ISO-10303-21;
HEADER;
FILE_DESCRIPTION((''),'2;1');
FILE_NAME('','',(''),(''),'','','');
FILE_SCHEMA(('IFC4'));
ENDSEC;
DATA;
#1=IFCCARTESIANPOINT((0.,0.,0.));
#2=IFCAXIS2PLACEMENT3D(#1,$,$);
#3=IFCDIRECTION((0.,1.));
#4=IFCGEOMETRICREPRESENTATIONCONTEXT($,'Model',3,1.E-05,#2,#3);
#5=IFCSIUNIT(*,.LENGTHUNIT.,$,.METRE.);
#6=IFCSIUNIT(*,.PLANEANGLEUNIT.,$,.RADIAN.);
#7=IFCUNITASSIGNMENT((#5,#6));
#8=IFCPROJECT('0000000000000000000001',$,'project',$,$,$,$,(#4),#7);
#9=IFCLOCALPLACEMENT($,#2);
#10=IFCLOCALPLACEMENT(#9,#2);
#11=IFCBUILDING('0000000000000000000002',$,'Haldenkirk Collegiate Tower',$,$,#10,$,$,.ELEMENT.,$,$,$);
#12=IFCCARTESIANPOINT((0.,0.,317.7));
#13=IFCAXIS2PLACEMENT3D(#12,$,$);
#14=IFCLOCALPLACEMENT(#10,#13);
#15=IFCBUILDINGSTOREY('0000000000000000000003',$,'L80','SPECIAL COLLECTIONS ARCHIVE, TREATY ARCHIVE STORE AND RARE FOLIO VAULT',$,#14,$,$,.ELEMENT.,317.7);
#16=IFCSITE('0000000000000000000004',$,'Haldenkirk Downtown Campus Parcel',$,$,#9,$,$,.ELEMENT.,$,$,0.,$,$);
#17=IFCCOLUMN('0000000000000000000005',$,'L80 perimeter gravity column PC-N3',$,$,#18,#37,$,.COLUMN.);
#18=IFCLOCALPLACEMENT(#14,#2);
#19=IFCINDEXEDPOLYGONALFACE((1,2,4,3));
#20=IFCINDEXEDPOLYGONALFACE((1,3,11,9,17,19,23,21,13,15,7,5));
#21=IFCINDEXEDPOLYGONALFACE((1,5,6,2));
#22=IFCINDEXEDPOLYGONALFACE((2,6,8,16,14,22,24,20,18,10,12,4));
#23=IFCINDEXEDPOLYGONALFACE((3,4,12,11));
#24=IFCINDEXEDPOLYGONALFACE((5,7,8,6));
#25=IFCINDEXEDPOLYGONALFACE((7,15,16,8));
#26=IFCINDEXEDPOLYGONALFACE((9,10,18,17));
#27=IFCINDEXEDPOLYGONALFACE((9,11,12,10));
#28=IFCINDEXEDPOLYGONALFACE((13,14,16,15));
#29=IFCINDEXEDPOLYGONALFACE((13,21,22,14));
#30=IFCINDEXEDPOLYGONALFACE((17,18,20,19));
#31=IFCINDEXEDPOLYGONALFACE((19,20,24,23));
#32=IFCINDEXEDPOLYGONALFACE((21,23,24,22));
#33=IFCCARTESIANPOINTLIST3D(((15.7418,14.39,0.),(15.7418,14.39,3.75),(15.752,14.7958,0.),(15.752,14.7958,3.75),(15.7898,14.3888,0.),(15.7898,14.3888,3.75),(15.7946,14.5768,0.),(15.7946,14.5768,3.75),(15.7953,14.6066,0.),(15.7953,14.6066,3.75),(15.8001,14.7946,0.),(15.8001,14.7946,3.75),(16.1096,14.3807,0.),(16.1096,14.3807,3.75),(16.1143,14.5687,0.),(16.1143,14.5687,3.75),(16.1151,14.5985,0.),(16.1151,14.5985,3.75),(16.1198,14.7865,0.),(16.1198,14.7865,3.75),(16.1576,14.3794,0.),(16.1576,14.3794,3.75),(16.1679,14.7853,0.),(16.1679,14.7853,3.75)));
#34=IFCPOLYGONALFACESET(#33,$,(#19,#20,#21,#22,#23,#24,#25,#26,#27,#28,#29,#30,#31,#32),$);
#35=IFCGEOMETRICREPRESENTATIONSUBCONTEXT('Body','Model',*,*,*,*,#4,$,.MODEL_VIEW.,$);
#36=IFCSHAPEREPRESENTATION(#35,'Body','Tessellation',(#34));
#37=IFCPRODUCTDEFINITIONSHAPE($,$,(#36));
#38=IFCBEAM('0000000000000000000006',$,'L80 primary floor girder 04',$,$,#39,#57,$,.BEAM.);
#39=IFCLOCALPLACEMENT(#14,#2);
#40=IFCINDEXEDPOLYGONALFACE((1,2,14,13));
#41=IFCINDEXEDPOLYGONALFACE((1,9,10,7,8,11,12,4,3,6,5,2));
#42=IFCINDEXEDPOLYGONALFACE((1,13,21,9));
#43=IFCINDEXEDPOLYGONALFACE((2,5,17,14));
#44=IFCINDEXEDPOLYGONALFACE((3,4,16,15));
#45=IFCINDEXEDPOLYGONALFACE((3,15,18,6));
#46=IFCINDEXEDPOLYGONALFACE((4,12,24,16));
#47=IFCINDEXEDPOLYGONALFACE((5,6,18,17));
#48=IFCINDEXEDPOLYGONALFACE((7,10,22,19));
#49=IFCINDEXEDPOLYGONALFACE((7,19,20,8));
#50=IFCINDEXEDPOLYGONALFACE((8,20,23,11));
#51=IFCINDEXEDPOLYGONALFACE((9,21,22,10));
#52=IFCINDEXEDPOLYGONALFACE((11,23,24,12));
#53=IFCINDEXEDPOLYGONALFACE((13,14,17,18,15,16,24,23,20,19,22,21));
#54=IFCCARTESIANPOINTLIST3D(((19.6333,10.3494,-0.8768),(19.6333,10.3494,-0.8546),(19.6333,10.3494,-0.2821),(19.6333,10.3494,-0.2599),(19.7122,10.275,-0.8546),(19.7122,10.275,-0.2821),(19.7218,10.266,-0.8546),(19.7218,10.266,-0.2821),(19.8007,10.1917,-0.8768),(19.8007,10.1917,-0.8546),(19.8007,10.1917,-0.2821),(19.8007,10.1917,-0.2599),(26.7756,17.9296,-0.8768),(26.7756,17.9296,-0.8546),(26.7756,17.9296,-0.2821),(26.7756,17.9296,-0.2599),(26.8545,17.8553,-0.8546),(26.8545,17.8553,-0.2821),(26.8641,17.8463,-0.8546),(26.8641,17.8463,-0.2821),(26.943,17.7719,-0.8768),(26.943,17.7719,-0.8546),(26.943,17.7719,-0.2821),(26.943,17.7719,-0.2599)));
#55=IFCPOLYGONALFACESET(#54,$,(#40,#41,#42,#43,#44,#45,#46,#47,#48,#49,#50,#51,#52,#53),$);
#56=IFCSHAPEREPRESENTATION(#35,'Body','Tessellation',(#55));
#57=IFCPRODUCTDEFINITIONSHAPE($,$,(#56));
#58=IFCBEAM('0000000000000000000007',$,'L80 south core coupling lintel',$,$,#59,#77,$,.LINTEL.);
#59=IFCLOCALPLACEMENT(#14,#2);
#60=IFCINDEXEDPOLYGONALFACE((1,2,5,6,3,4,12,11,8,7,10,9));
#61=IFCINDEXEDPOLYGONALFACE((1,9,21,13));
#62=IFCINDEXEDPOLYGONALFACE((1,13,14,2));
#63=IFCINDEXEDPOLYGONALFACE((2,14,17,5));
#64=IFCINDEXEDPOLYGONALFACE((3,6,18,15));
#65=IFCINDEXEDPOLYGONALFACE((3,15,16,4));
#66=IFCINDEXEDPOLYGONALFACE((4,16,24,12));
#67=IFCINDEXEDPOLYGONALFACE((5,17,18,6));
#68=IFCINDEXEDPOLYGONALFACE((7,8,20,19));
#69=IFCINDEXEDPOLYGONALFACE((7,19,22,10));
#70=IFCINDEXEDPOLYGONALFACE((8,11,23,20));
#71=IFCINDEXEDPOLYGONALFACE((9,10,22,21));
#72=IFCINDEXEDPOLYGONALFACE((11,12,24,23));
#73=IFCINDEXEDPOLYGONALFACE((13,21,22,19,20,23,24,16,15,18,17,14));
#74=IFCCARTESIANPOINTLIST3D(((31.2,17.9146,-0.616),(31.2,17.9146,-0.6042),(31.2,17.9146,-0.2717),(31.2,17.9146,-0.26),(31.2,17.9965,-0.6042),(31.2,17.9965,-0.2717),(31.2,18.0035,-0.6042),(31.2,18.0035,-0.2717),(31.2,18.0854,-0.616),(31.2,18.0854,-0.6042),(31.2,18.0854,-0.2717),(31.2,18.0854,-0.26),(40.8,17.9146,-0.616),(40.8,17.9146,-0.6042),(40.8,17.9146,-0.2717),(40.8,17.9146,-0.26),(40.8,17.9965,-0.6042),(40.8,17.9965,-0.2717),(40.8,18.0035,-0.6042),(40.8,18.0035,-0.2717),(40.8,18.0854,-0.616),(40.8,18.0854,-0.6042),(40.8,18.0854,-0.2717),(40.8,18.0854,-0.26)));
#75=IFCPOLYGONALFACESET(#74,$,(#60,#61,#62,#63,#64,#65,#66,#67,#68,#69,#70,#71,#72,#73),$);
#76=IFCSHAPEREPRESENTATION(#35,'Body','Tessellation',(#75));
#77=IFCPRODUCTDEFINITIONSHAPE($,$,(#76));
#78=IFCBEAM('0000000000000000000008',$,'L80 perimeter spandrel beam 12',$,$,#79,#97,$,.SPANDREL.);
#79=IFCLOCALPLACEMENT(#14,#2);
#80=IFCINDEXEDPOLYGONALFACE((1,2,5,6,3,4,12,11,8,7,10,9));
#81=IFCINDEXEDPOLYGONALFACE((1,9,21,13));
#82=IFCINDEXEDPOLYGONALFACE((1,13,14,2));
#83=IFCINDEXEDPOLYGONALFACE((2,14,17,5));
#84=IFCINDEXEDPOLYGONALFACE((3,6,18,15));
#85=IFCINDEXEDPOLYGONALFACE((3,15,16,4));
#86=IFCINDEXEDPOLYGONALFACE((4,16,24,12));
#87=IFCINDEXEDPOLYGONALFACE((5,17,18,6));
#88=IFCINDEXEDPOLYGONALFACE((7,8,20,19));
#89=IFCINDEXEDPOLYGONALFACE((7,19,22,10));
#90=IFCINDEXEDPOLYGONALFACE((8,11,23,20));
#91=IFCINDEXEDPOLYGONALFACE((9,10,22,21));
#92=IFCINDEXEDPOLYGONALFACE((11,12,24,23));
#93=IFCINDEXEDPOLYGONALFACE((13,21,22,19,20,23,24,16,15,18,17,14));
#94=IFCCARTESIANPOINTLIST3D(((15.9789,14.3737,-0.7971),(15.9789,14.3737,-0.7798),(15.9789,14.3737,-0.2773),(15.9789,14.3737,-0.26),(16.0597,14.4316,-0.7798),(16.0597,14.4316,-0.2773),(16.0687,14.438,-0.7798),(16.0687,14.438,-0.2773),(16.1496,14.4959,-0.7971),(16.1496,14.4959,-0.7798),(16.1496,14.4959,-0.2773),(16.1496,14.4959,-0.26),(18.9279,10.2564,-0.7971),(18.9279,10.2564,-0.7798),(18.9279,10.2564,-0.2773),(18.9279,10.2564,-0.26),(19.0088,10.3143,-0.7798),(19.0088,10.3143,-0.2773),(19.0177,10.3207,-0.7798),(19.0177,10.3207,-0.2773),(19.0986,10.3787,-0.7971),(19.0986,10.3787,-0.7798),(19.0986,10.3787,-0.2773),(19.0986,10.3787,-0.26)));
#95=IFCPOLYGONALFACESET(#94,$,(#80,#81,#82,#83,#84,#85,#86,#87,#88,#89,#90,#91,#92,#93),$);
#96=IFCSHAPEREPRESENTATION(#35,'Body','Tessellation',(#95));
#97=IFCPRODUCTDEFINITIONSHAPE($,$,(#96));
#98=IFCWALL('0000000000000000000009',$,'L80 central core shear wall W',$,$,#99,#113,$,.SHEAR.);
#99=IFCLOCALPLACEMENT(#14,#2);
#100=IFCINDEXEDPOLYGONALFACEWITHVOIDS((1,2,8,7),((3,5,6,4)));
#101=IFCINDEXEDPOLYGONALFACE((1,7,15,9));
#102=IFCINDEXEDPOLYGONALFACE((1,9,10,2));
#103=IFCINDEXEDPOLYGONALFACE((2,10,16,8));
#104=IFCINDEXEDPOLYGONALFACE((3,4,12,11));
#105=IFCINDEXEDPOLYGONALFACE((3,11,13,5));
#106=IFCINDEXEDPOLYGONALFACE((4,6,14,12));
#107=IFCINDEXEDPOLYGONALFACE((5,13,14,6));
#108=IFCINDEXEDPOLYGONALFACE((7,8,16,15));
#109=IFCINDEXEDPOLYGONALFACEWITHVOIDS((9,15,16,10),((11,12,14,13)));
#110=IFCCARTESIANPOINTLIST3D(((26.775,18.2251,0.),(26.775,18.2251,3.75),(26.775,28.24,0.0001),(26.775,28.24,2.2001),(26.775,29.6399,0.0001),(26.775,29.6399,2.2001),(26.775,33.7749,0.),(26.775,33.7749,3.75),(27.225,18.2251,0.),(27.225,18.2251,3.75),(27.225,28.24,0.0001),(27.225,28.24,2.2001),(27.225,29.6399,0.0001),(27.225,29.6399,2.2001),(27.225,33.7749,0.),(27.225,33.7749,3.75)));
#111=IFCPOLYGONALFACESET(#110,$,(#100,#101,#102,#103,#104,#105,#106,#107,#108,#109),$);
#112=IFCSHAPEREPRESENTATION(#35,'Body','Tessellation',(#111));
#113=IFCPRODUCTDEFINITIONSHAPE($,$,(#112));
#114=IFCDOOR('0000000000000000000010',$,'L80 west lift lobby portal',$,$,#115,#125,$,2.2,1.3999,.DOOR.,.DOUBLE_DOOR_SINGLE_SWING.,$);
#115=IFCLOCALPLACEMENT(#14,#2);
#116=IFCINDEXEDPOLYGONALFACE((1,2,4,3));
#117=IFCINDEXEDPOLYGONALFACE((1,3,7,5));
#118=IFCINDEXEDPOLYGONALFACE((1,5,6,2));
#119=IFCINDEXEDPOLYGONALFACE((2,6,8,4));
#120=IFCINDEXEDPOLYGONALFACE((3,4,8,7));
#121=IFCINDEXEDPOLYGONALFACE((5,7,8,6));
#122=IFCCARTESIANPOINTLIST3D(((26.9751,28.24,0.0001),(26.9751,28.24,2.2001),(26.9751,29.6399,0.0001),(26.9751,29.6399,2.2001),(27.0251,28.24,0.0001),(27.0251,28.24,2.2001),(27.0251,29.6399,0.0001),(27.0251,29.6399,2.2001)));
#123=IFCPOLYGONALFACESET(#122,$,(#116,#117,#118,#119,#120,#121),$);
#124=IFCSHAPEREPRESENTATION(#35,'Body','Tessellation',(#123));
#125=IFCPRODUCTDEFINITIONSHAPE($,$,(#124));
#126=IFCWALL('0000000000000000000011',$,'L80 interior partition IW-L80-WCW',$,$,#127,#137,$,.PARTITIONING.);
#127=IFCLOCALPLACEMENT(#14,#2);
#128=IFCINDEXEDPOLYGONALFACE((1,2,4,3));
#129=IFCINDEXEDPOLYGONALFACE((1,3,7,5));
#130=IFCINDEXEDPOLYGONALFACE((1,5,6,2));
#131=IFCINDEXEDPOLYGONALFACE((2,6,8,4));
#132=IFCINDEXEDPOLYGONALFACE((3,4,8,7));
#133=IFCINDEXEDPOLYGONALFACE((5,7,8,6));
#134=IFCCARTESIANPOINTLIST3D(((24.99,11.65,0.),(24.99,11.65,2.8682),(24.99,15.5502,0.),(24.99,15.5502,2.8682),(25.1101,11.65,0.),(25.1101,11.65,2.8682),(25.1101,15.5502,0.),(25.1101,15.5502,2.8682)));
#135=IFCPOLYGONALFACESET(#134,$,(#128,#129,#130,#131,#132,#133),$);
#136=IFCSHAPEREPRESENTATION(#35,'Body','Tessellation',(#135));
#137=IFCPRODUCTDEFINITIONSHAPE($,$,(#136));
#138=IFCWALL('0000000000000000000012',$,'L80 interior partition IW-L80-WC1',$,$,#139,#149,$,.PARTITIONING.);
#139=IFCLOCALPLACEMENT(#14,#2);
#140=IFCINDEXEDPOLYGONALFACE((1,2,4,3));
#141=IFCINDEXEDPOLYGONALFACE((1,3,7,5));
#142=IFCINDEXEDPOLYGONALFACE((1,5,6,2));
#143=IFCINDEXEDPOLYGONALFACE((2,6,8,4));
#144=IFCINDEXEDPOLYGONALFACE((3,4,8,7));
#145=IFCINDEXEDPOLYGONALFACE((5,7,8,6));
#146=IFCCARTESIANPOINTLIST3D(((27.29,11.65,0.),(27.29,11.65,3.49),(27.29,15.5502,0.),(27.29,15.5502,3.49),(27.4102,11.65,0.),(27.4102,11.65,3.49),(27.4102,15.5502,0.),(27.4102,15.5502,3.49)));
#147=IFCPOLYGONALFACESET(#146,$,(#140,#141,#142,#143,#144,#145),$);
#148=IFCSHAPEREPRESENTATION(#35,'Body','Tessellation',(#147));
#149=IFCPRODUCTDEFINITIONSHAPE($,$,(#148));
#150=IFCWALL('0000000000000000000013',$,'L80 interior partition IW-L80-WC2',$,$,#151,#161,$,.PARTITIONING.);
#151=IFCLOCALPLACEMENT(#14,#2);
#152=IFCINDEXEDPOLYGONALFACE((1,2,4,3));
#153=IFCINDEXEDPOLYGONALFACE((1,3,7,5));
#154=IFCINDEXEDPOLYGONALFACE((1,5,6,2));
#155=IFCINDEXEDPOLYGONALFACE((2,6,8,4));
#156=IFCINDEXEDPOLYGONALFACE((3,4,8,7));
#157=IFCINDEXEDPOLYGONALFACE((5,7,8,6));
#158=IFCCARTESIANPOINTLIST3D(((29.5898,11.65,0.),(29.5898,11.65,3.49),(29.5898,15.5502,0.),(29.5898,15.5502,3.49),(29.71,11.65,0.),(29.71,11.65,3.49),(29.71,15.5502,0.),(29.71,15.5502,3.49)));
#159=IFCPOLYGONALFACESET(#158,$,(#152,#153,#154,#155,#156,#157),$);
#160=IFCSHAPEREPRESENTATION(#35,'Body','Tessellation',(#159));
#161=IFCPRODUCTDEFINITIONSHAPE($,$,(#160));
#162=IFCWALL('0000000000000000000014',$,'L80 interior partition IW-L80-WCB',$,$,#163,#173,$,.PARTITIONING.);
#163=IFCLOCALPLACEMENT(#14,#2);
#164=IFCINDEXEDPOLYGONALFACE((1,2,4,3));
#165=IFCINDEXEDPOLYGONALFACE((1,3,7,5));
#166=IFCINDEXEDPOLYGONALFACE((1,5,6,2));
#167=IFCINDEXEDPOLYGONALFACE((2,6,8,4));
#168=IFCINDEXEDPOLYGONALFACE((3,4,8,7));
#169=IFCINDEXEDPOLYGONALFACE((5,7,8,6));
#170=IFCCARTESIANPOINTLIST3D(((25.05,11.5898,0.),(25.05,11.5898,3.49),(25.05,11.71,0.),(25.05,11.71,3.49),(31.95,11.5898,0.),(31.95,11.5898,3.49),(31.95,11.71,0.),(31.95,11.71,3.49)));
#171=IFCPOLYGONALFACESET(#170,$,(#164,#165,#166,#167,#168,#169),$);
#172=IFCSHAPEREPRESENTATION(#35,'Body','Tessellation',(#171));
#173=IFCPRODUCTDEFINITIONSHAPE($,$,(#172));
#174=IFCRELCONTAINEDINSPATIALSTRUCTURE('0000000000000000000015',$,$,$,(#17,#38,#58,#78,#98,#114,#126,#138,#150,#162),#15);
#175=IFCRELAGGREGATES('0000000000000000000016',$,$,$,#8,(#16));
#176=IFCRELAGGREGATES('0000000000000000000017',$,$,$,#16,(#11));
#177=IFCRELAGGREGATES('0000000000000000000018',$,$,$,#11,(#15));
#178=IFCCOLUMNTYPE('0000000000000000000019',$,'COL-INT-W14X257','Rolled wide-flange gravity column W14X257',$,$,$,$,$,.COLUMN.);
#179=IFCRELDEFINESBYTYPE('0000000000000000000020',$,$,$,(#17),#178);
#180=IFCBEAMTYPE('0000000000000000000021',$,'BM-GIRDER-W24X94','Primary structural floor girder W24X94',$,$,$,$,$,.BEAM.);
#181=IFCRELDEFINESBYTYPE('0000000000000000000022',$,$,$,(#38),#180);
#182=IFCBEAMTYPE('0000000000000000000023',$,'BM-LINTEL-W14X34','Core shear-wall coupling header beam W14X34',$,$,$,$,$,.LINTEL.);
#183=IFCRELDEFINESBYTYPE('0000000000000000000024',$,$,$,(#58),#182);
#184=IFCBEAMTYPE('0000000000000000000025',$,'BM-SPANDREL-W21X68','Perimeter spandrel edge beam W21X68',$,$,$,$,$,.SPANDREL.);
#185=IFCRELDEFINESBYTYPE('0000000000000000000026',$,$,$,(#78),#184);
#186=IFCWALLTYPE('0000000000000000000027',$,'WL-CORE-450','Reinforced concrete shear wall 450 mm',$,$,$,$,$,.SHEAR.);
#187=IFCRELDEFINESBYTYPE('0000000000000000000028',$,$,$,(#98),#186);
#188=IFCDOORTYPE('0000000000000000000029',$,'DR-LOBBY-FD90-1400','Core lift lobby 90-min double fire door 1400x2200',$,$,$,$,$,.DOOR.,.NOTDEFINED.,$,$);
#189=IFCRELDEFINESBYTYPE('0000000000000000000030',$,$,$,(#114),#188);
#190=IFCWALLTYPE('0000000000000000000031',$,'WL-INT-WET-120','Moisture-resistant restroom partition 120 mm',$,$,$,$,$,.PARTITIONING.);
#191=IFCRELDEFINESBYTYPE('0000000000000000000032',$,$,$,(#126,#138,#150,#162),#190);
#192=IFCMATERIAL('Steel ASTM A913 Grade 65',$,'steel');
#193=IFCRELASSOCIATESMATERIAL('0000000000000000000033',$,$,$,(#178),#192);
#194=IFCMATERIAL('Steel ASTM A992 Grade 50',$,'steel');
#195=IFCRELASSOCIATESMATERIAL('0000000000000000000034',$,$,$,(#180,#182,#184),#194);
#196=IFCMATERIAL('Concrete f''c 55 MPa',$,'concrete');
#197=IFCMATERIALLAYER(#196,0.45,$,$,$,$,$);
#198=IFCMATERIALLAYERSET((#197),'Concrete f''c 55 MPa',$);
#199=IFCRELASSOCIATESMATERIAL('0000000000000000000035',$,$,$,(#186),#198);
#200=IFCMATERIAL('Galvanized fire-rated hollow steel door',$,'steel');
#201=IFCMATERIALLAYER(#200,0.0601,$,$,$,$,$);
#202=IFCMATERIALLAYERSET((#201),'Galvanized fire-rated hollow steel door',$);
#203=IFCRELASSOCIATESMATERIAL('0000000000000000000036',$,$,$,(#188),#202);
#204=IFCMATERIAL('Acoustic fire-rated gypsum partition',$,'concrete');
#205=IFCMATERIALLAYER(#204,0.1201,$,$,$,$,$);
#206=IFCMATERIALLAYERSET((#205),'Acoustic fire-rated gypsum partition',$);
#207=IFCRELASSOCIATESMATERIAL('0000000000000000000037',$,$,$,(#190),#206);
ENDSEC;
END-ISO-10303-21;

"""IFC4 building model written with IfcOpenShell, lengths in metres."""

from ifc_helpers import new_model, si_unit, direction, frame, frame_2d, origin, origin_2d, place, context, subcontext, project, spatial, rectangle, i_section, extrude, material, layer, layer_set, material_profile, profile_set, type_object, element, fill, save


model = new_model("IFC4")

# Units and contexts
model_context = context("Model", 3, precision=1e-05, world=origin(), true_north=direction((0.0, 1.0)))
body_context = subcontext(model_context, "Body", "Model", "MODEL_VIEW")
ifc_project = project(units=[si_unit("LENGTHUNIT", "METRE"), si_unit("PLANEANGLEUNIT", "RADIAN")], contexts=[model_context])

# Site, building, storey
site_placement = place(None, origin())
site = spatial("IfcSite", under=ifc_project, at=site_placement, Name="Haldenkirk Downtown Campus Parcel", CompositionType="ELEMENT", RefElevation=0.0)
building_placement = place(site_placement, origin())
building = spatial("IfcBuilding", under=site, at=building_placement, Name="Haldenkirk Collegiate Tower", CompositionType="ELEMENT")
storey_placement = place(building_placement, frame((0.0, 0.0, 317.7)))
storey = spatial("IfcBuildingStorey", under=building, at=storey_placement, Name="L80", Description="SPECIAL COLLECTIONS ARCHIVE, TREATY ARCHIVE STORE AND RARE FOLIO VAULT", CompositionType="ELEMENT", Elevation=317.7)

# Column
ifc_material_1 = material(Name="Steel ASTM A913 Grade 65", Category="steel")
ifc_material_profile_1 = material_profile(ifc_material_1, i_section(OverallWidth=0.406, OverallDepth=0.416, WebThickness=0.0298, FlangeThickness=0.0481, at=origin_2d()), Name="W14X257")
ifc_profile_set_1 = profile_set([ifc_material_profile_1], Name="Steel ASTM A913 Grade 65")
column_type = type_object("IfcColumnType", Name="COL-INT-W14X257", Description="Rolled wide-flange gravity column W14X257", PredefinedType="COLUMN", material=ifc_profile_set_1)
column_placement = place(storey_placement, frame((15.9548, 14.5876, 0.0), z_axis=(0.0, 0.0, 1.0), x_axis=(0.025305, 0.99968, 0.0)))
element("IfcColumn", 1, at=column_placement, inside=storey, type_object=column_type, Name="L80 perimeter gravity column PC-N3", PredefinedType="COLUMN", context=body_context, shape_type="SweptSolid", body=[
    extrude(i_section(OverallWidth=0.406, OverallDepth=0.416, WebThickness=0.0298, FlangeThickness=0.0481, at=origin_2d()), origin(), (0.0, 0.0, 1.0), 3.75),
])

# Beams
ifc_material_2 = material(Name="Steel ASTM A992 Grade 50", Category="steel")
ifc_material_profile_2 = material_profile(ifc_material_2, i_section(OverallWidth=0.23, OverallDepth=0.6169, WebThickness=0.0132, FlangeThickness=0.0222, at=origin_2d()), Name="W24X94")
ifc_profile_set_2 = profile_set([ifc_material_profile_2], Name="Steel ASTM A992 Grade 50")
beam_type_1 = type_object("IfcBeamType", Name="BM-GIRDER-W24X94", Description="Primary structural floor girder W24X94", PredefinedType="BEAM", material=ifc_profile_set_2)
beam_1_placement = place(storey_placement, frame((19.717, 10.2705, -0.5684), z_axis=(0.685767, 0.727821, 0.0), x_axis=(-0.727821, 0.685767, 0.0)))
element("IfcBeam", 2, at=beam_1_placement, inside=storey, type_object=beam_type_1, Name="L80 primary floor girder 04", PredefinedType="BEAM", context=body_context, shape_type="SweptSolid", body=[
    extrude(i_section(OverallWidth=0.23, OverallDepth=0.6169, WebThickness=0.0132, FlangeThickness=0.0222, at=origin_2d()), origin(), (0.0, 0.0, 1.0), 10.415),
])
ifc_material_profile_3 = material_profile(ifc_material_2, i_section(OverallWidth=0.1709, OverallDepth=0.356, WebThickness=0.0071, FlangeThickness=0.0117, at=origin_2d()), Name="W14X34")
ifc_profile_set_3 = profile_set([ifc_material_profile_3], Name="Steel ASTM A992 Grade 50")
beam_type_2 = type_object("IfcBeamType", Name="BM-LINTEL-W14X34", Description="Core shear-wall coupling header beam W14X34", PredefinedType="LINTEL", material=ifc_profile_set_3)
beam_2_placement = place(storey_placement, frame((31.2, 18.0, -0.438), z_axis=(1.0, 0.0, 0.0), x_axis=(0.0, 1.0, 0.0)))
element("IfcBeam", 3, at=beam_2_placement, inside=storey, type_object=beam_type_2, Name="L80 south core coupling lintel", PredefinedType="LINTEL", context=body_context, shape_type="SweptSolid", body=[
    extrude(i_section(OverallWidth=0.1709, OverallDepth=0.356, WebThickness=0.0071, FlangeThickness=0.0117, at=origin_2d()), origin(), (0.0, 0.0, 1.0), 9.6001),
])
ifc_material_profile_4 = material_profile(ifc_material_2, i_section(OverallWidth=0.21, OverallDepth=0.5371, WebThickness=0.011, FlangeThickness=0.0173, at=origin_2d()), Name="W21X68")
ifc_profile_set_4 = profile_set([ifc_material_profile_4], Name="Steel ASTM A992 Grade 50")
beam_type_3 = type_object("IfcBeamType", Name="BM-SPANDREL-W21X68", Description="Perimeter spandrel edge beam W21X68", PredefinedType="SPANDREL", material=ifc_profile_set_4)
beam_3_placement = place(storey_placement, frame((16.0642, 14.4348, -0.5286), z_axis=(0.5823, -0.812974, 0.0), x_axis=(0.812974, 0.5823, 0.0)))
element("IfcBeam", 4, at=beam_3_placement, inside=storey, type_object=beam_type_3, Name="L80 perimeter spandrel beam 12", PredefinedType="SPANDREL", context=body_context, shape_type="SweptSolid", body=[
    extrude(i_section(OverallWidth=0.21, OverallDepth=0.5371, WebThickness=0.011, FlangeThickness=0.0173, at=origin_2d()), origin(), (0.0, 0.0, 1.0), 5.0645),
])

# Shared definitions
ifc_material_3 = material(Name="Concrete f'c 55 MPa", Category="concrete")
ifc_layer_1 = layer(ifc_material_3, 0.45)
ifc_layer_set_1 = layer_set([ifc_layer_1], Name="Concrete f'c 55 MPa")
wall_type_1 = type_object("IfcWallType", Name="WL-CORE-450", Description="Reinforced concrete shear wall 450 mm", PredefinedType="SHEAR", material=ifc_layer_set_1)
ifc_material_4 = material(Name="Galvanized fire-rated hollow steel door", Category="steel")

# Wall, opening, door
wall_1_placement = place(storey_placement, frame((27.0, 18.2251, 0.0), z_axis=(0.0, 0.0, 1.0), x_axis=(0.0, 1.0, 0.0)))
wall_1 = element("IfcWall", 5, at=wall_1_placement, inside=storey, type_object=wall_type_1, Name="L80 central core shear wall W", PredefinedType="SHEAR", context=body_context, shape_type="SweptSolid", body=[
    extrude(rectangle(XDim=15.5498, YDim=0.45, at=frame_2d((7.7749, 0.0))), origin(), (0.0, 0.0, 1.0), 3.75),
])
opening_1_placement = place(wall_1_placement, frame((10.0149, 0.0, 0.0)))
opening_1 = element("IfcOpeningElement", 6, at=opening_1_placement, cuts=wall_1, PredefinedType="OPENING", context=body_context, shape_type="SweptSolid", body=[
    extrude(rectangle(XDim=1.3999, YDim=2.2, at=frame_2d((0.7, 1.1001))), frame((0.0, 0.2349, 0.0), z_axis=(0.0, -1.0, 0.0), x_axis=(1.0, 0.0, 0.0)), (0.0, 0.0, 1.0), 0.47),
])
ifc_layer_2 = layer(ifc_material_4, 0.0601)
ifc_layer_set_2 = layer_set([ifc_layer_2], Name="Galvanized fire-rated hollow steel door")
door_type_1 = type_object("IfcDoorType", Name="DR-LOBBY-FD90-1400", Description="Core lift lobby 90-min double fire door 1400x2200", OperationType="NOTDEFINED", PredefinedType="DOOR", material=ifc_layer_set_2)
door_1_placement = place(opening_1_placement, origin())
door_1 = element("IfcDoor", 7, at=door_1_placement, inside=storey, type_object=door_type_1, Name="L80 west lift lobby portal", OperationType="DOUBLE_DOOR_SINGLE_SWING", OverallHeight=2.2, OverallWidth=1.3999, PredefinedType="DOOR", context=body_context, shape_type="SweptSolid", body=[
    extrude(rectangle(XDim=1.3999, YDim=2.2, at=frame_2d((0.7, 1.1001))), frame((0.0, 0.0249, 0.0), z_axis=(0.0, -1.0, 0.0), x_axis=(1.0, 0.0, 0.0)), (0.0, 0.0, 1.0), 0.05),
])
fill(opening_1, door_1)

# Shared definitions
ifc_material_5 = material(Name="Acoustic fire-rated gypsum partition", Category="concrete")

# Walls
ifc_layer_3 = layer(ifc_material_5, 0.1201)
ifc_layer_set_3 = layer_set([ifc_layer_3], Name="Acoustic fire-rated gypsum partition")
wall_type_2 = type_object("IfcWallType", Name="WL-INT-WET-120", Description="Moisture-resistant restroom partition 120 mm", PredefinedType="PARTITIONING", material=ifc_layer_set_3)
wall_2_placement = place(storey_placement, frame((25.05, 11.6499, 0.0), z_axis=(0.0, 0.0, 1.0), x_axis=(0.0, 1.0, 0.0)))
element("IfcWall", 8, at=wall_2_placement, inside=storey, type_object=wall_type_2, Name="L80 interior partition IW-L80-WCW", PredefinedType="PARTITIONING", context=body_context, shape_type="SweptSolid", body=[
    extrude(rectangle(XDim=3.9001, YDim=0.1201, at=frame_2d((1.9502, 0.0))), origin(), (0.0, 0.0, 1.0), 2.8682),
])
for number, where, z_axis, x_axis, name in (
    (9, (27.3501, 11.6499, 0.0), (0.0, 0.0, 1.0), (0.0, 1.0, 0.0), "L80 interior partition IW-L80-WC1"),
    (10, (29.6499, 11.6499, 0.0), (0.0, 0.0, 1.0), (0.0, 1.0, 0.0), "L80 interior partition IW-L80-WC2"),
):
    element("IfcWall", number, at=place(storey_placement, frame(where, z_axis=z_axis, x_axis=x_axis)), inside=storey, type_object=wall_type_2, Name=name, PredefinedType="PARTITIONING", context=body_context, shape_type="SweptSolid", body=[
        extrude(rectangle(XDim=3.9001, YDim=0.1201, at=frame_2d((1.9502, 0.0))), origin(), (0.0, 0.0, 1.0), 3.49),
    ])
wall_3_placement = place(storey_placement, frame((25.05, 11.6499, 0.0), z_axis=(0.0, 0.0, 1.0), x_axis=(1.0, 0.0, 0.0)))
element("IfcWall", 11, at=wall_3_placement, inside=storey, type_object=wall_type_2, Name="L80 interior partition IW-L80-WCB", PredefinedType="PARTITIONING", context=body_context, shape_type="SweptSolid", body=[
    extrude(rectangle(XDim=6.8999, YDim=0.1201, at=frame_2d((3.45, 0.0))), origin(), (0.0, 0.0, 1.0), 3.49),
])

save(model, "model.ifc")
